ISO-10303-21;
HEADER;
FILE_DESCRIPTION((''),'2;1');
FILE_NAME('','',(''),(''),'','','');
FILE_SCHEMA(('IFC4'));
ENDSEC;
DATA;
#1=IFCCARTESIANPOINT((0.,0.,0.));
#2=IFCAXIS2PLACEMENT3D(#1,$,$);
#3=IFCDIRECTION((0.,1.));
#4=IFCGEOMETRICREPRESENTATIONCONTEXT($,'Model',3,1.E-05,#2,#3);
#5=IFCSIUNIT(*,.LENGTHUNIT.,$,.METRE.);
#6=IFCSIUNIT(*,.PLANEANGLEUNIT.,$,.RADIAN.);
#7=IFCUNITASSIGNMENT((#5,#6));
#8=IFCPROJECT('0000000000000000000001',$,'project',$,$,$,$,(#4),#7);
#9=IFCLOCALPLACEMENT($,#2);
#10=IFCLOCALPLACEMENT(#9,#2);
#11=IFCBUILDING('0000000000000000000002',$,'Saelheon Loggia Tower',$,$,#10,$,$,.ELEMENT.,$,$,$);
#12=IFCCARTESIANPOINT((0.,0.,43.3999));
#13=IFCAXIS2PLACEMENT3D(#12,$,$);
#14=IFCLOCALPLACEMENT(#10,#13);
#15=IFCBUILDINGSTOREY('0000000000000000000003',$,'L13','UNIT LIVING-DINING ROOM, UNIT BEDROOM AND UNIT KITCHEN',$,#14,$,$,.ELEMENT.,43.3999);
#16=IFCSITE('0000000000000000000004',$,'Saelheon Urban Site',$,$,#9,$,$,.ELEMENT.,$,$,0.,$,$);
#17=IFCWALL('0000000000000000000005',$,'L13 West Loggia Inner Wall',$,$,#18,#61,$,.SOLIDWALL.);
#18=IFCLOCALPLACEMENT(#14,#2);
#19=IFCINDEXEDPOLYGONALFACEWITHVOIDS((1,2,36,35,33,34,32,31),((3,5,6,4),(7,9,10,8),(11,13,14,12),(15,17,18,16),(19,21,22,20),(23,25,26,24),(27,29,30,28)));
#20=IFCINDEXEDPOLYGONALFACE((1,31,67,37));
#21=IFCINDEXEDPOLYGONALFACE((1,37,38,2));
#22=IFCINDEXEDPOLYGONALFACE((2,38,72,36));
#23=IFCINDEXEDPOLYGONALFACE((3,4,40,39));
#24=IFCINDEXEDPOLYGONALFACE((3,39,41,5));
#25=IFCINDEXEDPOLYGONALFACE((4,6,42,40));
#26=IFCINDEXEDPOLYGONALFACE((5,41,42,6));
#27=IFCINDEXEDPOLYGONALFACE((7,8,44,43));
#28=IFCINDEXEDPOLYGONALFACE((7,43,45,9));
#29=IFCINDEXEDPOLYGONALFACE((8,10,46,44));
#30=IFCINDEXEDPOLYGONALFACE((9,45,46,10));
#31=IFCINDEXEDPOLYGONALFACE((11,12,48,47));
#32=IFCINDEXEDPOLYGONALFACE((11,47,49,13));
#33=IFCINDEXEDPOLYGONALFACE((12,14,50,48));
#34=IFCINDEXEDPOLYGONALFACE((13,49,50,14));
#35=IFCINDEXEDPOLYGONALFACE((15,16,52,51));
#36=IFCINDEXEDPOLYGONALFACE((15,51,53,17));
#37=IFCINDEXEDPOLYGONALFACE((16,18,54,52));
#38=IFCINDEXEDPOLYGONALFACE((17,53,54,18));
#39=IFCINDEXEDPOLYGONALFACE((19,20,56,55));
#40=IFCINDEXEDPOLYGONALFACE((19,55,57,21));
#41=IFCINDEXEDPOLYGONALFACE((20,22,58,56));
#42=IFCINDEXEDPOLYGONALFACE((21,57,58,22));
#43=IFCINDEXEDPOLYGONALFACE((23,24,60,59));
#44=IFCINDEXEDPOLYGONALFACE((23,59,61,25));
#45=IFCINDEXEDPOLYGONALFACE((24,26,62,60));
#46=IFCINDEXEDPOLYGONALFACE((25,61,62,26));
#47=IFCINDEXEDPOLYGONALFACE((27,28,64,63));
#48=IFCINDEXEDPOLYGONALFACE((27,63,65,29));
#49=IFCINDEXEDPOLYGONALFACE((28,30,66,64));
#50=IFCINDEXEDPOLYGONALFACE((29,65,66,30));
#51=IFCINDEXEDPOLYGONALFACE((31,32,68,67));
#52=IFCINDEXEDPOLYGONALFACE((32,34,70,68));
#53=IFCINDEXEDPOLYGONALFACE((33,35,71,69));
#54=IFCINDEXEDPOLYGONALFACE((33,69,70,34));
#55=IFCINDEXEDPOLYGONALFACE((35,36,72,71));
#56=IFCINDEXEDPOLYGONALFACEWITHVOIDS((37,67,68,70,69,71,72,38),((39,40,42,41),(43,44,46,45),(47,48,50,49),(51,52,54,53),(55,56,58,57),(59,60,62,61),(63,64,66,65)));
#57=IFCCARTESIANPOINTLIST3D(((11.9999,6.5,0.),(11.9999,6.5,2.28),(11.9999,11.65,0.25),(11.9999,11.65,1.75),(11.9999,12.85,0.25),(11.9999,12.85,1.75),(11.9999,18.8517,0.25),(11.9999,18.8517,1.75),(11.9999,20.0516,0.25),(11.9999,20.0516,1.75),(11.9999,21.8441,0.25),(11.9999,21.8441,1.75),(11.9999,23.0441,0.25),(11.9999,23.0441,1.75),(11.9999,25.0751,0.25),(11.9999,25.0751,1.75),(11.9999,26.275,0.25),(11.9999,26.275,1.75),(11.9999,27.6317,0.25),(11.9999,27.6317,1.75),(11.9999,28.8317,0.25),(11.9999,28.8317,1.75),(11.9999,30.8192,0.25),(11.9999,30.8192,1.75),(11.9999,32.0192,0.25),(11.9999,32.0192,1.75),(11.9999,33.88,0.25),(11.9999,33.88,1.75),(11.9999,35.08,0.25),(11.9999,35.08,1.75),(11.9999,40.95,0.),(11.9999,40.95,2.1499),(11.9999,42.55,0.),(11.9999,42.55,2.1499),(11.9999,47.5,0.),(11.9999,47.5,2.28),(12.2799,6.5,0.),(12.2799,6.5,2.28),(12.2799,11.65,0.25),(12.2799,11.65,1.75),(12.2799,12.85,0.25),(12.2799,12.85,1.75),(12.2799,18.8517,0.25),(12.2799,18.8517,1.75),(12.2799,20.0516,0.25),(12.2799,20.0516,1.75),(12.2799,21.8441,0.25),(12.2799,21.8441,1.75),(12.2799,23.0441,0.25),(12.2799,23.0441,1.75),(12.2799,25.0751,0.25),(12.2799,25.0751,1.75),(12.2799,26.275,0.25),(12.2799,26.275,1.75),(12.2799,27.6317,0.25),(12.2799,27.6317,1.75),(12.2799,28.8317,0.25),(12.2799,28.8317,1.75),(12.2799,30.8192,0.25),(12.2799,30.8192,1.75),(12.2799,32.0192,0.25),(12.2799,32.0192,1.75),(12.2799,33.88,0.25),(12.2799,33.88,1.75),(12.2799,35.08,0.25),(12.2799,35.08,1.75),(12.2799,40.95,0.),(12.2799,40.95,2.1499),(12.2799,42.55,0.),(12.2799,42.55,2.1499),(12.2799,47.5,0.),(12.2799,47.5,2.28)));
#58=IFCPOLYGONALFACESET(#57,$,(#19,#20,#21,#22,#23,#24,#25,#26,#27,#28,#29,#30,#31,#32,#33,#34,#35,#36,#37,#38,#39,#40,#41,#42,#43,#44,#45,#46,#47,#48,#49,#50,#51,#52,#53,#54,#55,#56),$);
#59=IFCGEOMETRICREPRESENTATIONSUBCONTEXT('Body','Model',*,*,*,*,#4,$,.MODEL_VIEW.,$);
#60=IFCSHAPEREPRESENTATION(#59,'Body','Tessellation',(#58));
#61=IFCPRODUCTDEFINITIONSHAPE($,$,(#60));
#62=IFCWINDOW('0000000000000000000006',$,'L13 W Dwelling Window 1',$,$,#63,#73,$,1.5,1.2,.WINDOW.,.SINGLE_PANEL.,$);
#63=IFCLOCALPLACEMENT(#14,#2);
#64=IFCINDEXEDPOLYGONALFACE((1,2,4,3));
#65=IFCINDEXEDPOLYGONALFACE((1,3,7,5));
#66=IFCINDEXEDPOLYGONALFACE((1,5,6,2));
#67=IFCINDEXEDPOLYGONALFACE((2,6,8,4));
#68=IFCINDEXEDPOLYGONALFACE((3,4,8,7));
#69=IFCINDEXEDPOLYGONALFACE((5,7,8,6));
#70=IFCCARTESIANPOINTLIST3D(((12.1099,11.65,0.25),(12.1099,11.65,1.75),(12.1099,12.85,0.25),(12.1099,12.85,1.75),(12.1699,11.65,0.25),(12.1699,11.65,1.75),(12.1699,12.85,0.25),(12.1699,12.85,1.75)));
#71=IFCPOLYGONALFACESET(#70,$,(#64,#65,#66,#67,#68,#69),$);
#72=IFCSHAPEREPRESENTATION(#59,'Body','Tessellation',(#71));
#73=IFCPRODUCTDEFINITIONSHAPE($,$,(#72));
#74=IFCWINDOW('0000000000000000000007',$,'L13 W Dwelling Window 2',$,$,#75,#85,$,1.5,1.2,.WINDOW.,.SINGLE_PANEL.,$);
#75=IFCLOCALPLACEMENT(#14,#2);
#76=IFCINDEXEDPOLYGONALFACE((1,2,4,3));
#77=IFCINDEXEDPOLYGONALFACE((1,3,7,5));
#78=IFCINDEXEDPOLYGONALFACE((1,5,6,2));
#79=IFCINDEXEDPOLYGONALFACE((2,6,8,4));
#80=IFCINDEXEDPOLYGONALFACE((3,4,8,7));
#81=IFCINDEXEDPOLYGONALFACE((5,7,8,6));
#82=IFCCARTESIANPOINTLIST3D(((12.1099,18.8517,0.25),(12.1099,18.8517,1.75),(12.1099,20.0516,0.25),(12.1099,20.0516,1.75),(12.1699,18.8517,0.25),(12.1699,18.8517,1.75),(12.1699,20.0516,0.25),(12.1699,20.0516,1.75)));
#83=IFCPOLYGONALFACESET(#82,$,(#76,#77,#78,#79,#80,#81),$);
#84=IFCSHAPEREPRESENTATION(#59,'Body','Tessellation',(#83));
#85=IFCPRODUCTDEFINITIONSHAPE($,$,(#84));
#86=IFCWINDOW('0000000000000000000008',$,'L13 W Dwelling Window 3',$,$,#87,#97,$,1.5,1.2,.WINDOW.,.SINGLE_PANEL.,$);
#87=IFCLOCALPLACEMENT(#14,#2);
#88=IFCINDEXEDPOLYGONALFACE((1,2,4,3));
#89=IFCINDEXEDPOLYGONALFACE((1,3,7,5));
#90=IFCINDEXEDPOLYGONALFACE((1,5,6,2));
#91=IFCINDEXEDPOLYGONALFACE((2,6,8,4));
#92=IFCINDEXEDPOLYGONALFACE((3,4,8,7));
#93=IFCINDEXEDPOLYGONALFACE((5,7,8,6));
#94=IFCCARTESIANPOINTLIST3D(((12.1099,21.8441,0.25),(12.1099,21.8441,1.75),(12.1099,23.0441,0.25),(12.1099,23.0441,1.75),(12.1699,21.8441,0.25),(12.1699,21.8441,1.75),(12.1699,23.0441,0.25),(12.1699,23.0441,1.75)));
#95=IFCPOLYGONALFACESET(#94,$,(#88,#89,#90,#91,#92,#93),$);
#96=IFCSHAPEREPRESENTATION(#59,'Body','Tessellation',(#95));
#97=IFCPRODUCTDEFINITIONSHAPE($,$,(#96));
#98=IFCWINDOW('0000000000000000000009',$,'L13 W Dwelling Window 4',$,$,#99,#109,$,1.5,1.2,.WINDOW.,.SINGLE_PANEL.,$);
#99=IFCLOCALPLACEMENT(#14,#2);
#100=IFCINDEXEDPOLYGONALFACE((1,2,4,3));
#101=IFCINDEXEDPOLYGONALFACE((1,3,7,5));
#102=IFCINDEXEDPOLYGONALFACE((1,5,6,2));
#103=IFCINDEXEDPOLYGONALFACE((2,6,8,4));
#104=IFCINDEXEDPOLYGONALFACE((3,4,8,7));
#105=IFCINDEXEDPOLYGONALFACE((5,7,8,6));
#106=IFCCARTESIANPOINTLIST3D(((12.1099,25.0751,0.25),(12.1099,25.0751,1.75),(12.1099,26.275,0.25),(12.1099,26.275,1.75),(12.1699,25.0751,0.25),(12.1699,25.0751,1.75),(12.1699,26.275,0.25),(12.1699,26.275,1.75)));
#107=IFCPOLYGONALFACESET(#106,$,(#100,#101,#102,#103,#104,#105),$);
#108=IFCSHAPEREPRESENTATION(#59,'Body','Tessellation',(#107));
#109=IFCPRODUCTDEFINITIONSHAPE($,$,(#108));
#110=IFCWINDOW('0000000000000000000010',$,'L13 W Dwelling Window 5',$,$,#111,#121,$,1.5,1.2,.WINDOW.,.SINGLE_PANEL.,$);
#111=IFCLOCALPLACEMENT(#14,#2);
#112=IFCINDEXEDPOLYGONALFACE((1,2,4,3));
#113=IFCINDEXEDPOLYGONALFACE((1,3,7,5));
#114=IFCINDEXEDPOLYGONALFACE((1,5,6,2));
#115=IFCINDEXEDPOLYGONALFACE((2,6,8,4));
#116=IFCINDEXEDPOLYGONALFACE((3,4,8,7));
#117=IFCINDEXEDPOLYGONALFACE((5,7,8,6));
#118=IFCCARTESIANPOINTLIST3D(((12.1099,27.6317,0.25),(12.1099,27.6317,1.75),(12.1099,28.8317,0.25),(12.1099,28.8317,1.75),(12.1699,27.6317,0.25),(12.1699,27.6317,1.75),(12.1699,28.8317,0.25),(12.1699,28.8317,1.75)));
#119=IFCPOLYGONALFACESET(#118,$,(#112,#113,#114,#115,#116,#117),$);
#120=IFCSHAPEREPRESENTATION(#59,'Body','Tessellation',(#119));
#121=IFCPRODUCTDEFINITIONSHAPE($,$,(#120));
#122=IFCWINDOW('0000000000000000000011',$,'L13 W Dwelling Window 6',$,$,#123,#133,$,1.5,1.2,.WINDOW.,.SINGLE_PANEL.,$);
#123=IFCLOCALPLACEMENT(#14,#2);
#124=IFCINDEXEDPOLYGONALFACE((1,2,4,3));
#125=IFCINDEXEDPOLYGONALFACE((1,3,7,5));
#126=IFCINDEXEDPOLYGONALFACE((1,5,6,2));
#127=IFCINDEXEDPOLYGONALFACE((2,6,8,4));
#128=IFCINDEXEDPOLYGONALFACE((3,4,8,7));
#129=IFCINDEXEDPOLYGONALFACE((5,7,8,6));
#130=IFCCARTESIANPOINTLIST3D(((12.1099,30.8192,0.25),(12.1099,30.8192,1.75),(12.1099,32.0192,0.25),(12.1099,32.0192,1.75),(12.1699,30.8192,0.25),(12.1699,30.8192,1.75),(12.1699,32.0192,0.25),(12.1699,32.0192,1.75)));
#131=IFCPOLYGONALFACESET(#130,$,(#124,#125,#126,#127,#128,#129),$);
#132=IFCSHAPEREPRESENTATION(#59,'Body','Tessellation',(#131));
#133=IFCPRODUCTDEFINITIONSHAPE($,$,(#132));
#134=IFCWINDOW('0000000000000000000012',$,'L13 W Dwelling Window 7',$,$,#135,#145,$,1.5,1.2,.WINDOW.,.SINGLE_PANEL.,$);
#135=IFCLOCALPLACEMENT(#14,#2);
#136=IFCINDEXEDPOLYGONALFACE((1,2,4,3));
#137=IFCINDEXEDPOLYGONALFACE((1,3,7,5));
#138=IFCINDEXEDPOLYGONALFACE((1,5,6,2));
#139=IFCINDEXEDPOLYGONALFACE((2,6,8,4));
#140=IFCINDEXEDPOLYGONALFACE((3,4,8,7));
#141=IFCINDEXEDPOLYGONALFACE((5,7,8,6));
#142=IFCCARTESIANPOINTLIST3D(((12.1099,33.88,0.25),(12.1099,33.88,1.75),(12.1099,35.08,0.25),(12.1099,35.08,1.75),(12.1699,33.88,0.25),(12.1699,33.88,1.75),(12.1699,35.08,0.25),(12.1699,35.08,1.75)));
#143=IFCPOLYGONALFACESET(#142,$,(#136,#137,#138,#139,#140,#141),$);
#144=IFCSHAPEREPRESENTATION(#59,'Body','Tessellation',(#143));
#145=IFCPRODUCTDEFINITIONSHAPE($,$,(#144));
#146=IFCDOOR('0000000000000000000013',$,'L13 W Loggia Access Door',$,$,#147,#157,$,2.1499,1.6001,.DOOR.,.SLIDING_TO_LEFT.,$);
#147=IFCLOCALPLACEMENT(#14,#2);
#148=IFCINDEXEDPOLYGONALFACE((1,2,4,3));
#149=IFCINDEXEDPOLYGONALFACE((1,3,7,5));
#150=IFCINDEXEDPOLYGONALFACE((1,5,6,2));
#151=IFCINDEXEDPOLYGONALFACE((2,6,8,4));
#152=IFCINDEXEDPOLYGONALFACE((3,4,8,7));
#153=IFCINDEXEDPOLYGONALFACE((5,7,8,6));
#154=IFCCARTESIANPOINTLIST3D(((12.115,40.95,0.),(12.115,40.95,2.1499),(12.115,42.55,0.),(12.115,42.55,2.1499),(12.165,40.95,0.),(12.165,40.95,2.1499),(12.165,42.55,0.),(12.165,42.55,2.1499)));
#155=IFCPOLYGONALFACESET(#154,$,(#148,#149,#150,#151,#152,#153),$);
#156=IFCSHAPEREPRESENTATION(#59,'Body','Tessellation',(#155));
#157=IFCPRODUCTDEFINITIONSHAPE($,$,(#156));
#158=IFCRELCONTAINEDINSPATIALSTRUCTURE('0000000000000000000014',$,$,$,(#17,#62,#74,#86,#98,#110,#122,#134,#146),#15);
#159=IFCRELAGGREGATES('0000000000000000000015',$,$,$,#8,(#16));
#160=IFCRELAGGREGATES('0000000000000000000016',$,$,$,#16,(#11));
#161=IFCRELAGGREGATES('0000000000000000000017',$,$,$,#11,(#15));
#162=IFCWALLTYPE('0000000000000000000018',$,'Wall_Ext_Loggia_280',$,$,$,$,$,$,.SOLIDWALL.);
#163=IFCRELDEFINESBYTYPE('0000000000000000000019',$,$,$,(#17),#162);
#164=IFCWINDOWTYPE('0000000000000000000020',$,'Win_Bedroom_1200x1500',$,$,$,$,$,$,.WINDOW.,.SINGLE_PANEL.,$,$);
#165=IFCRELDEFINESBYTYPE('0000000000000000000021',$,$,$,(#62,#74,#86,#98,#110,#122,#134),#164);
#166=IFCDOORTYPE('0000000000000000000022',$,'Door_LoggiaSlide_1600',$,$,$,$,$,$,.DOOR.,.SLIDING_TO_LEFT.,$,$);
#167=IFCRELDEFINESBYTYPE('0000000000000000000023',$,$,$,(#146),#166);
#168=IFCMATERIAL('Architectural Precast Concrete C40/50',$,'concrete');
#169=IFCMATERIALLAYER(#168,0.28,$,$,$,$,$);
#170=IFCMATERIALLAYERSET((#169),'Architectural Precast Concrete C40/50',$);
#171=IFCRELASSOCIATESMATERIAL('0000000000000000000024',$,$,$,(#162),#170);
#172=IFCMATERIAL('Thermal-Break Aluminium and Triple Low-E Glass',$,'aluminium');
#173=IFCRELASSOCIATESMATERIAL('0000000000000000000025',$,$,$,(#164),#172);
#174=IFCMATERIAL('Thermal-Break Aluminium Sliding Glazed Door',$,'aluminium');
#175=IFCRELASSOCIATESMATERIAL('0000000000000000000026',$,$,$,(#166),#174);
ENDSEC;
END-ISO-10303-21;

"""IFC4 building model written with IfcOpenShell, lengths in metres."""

from ifc_helpers import new_model, si_unit, direction, frame, frame_2d, origin, place, context, subcontext, project, spatial, rectangle, extrude, source, transform, mapped, material, layer, layer_set, type_object, element, fill, save


model = new_model("IFC4")

# Units and contexts
model_context = context("Model", 3, precision=1e-05, world=origin(), true_north=direction((0.0, 1.0)))
body_context = subcontext(model_context, "Body", "Model", "MODEL_VIEW")
ifc_project = project(units=[si_unit("LENGTHUNIT", "METRE"), si_unit("PLANEANGLEUNIT", "RADIAN")], contexts=[model_context])

# Site, building, storey
site_placement = place(None, origin())
site = spatial("IfcSite", under=ifc_project, at=site_placement, Name="Saelheon Urban Site", CompositionType="ELEMENT", RefElevation=0.0)
building_placement = place(site_placement, origin())
building = spatial("IfcBuilding", under=site, at=building_placement, Name="Saelheon Loggia Tower", CompositionType="ELEMENT")
storey_placement = place(building_placement, frame((0.0, 0.0, 43.3999)))
storey = spatial("IfcBuildingStorey", under=building, at=storey_placement, Name="L13", Description="UNIT LIVING-DINING ROOM, UNIT BEDROOM AND UNIT KITCHEN", CompositionType="ELEMENT", Elevation=43.3999)

# Shared definitions
ifc_material_1 = material(Name="Thermal-Break Aluminium and Triple Low-E Glass", Category="aluminium")

# Wall, openings, windows, door
ifc_material_2 = material(Name="Architectural Precast Concrete C40/50", Category="concrete")
ifc_layer_1 = layer(ifc_material_2, 0.28)
ifc_layer_set_1 = layer_set([ifc_layer_1], Name="Architectural Precast Concrete C40/50")
wall_type = type_object("IfcWallType", Name="Wall_Ext_Loggia_280", PredefinedType="SOLIDWALL", material=ifc_layer_set_1)
wall_placement = place(storey_placement, frame((12.1399, 6.5, 0.0), z_axis=(0.0, 0.0, 1.0), x_axis=(0.0, 1.0, 0.0)))
wall = element("IfcWall", 1, at=wall_placement, inside=storey, type_object=wall_type, Name="L13 West Loggia Inner Wall", PredefinedType="SOLIDWALL", context=body_context, shape_type="SweptSolid", body=[
    extrude(rectangle(XDim=41.0, YDim=0.28, at=frame_2d((20.5, 0.0))), origin(), (0.0, 0.0, 1.0), 2.28),
])
opening_1_placement = place(wall_placement, frame((5.1499, 0.0, 0.25)))
opening_1 = element("IfcOpeningElement", 2, at=opening_1_placement, cuts=wall, PredefinedType="OPENING", context=body_context, shape_type="SweptSolid", body=[
    extrude(rectangle(XDim=1.2, YDim=1.5, at=frame_2d((0.6001, 0.75))), frame((0.0, 0.1521, 0.0), z_axis=(0.0, -1.0, 0.0), x_axis=(1.0, 0.0, 0.0)), (0.0, 0.0, 1.0), 0.304),
])
opening_2_placement = place(wall_placement, frame((12.3516, 0.0, 0.25)))
opening_2 = element("IfcOpeningElement", 3, at=opening_2_placement, cuts=wall, PredefinedType="OPENING", context=body_context, shape_type="SweptSolid", body=[
    extrude(rectangle(XDim=1.2, YDim=1.5, at=frame_2d((0.6001, 0.75))), frame((0.0, 0.1521, 0.0), z_axis=(0.0, -1.0, 0.0), x_axis=(1.0, 0.0, 0.0)), (0.0, 0.0, 1.0), 0.304),
])
opening_3_placement = place(wall_placement, frame((15.344, 0.0, 0.25)))
opening_3 = element("IfcOpeningElement", 4, at=opening_3_placement, cuts=wall, PredefinedType="OPENING", context=body_context, shape_type="SweptSolid", body=[
    extrude(rectangle(XDim=1.2, YDim=1.5, at=frame_2d((0.6001, 0.75))), frame((0.0, 0.1521, 0.0), z_axis=(0.0, -1.0, 0.0), x_axis=(1.0, 0.0, 0.0)), (0.0, 0.0, 1.0), 0.304),
])
opening_4_placement = place(wall_placement, frame((18.575, 0.0, 0.25)))
opening_4 = element("IfcOpeningElement", 5, at=opening_4_placement, cuts=wall, PredefinedType="OPENING", context=body_context, shape_type="SweptSolid", body=[
    extrude(rectangle(XDim=1.2, YDim=1.5, at=frame_2d((0.6001, 0.75))), frame((0.0, 0.1521, 0.0), z_axis=(0.0, -1.0, 0.0), x_axis=(1.0, 0.0, 0.0)), (0.0, 0.0, 1.0), 0.304),
])
opening_5_placement = place(wall_placement, frame((21.1316, 0.0, 0.25)))
opening_5 = element("IfcOpeningElement", 6, at=opening_5_placement, cuts=wall, PredefinedType="OPENING", context=body_context, shape_type="SweptSolid", body=[
    extrude(rectangle(XDim=1.2, YDim=1.5, at=frame_2d((0.6001, 0.75))), frame((0.0, 0.1521, 0.0), z_axis=(0.0, -1.0, 0.0), x_axis=(1.0, 0.0, 0.0)), (0.0, 0.0, 1.0), 0.304),
])
opening_6_placement = place(wall_placement, frame((24.3191, 0.0, 0.25)))
opening_6 = element("IfcOpeningElement", 7, at=opening_6_placement, cuts=wall, PredefinedType="OPENING", context=body_context, shape_type="SweptSolid", body=[
    extrude(rectangle(XDim=1.2, YDim=1.5, at=frame_2d((0.6001, 0.75))), frame((0.0, 0.1521, 0.0), z_axis=(0.0, -1.0, 0.0), x_axis=(1.0, 0.0, 0.0)), (0.0, 0.0, 1.0), 0.304),
])
opening_7_placement = place(wall_placement, frame((27.3799, 0.0, 0.25)))
opening_7 = element("IfcOpeningElement", 8, at=opening_7_placement, cuts=wall, PredefinedType="OPENING", context=body_context, shape_type="SweptSolid", body=[
    extrude(rectangle(XDim=1.2, YDim=1.5, at=frame_2d((0.6001, 0.75))), frame((0.0, 0.1521, 0.0), z_axis=(0.0, -1.0, 0.0), x_axis=(1.0, 0.0, 0.0)), (0.0, 0.0, 1.0), 0.304),
])
opening_8_placement = place(wall_placement, frame((34.45, 0.0, 0.0)))
opening_8 = element("IfcOpeningElement", 9, at=opening_8_placement, cuts=wall, PredefinedType="OPENING", context=body_context, shape_type="SweptSolid", body=[
    extrude(rectangle(XDim=1.6001, YDim=2.1499, at=frame_2d((0.8, 1.075))), frame((0.0, 0.1521, 0.0), z_axis=(0.0, -1.0, 0.0), x_axis=(1.0, 0.0, 0.0)), (0.0, 0.0, 1.0), 0.304),
])
window_type = type_object("IfcWindowType", Name="Win_Bedroom_1200x1500", PartitioningType="SINGLE_PANEL", PredefinedType="WINDOW", material=ifc_material_1)
shared_shape_1 = source(origin(), body_context, "Body", "SweptSolid", [
    extrude(rectangle(XDim=1.2, YDim=1.5, at=frame_2d((0.6001, 0.75))), frame((0.0, 0.03, 0.0), z_axis=(0.0, -1.0, 0.0), x_axis=(1.0, 0.0, 0.0)), (0.0, 0.0, 1.0), 0.0601),
])
window_1_placement = place(opening_1_placement, origin())
window_1 = element("IfcWindow", 10, at=window_1_placement, inside=storey, type_object=window_type, Name="L13 W Dwelling Window 1", OverallHeight=1.5, OverallWidth=1.2, PartitioningType="SINGLE_PANEL", PredefinedType="WINDOW", context=body_context, shape_type="MappedRepresentation", body=[
    mapped(shared_shape_1, transform((0.0, 0.0, 0.0), scale=1.0)),
])
fill(opening_1, window_1)
window_2_placement = place(opening_2_placement, origin())
window_2 = element("IfcWindow", 11, at=window_2_placement, inside=storey, type_object=window_type, Name="L13 W Dwelling Window 2", OverallHeight=1.5, OverallWidth=1.2, PartitioningType="SINGLE_PANEL", PredefinedType="WINDOW", context=body_context, shape_type="MappedRepresentation", body=[
    mapped(shared_shape_1, transform((0.0, 0.0, 0.0), scale=1.0)),
])
fill(opening_2, window_2)
window_3_placement = place(opening_3_placement, origin())
window_3 = element("IfcWindow", 12, at=window_3_placement, inside=storey, type_object=window_type, Name="L13 W Dwelling Window 3", OverallHeight=1.5, OverallWidth=1.2, PartitioningType="SINGLE_PANEL", PredefinedType="WINDOW", context=body_context, shape_type="MappedRepresentation", body=[
    mapped(shared_shape_1, transform((0.0, 0.0, 0.0), scale=1.0)),
])
fill(opening_3, window_3)
window_4_placement = place(opening_4_placement, origin())
window_4 = element("IfcWindow", 13, at=window_4_placement, inside=storey, type_object=window_type, Name="L13 W Dwelling Window 4", OverallHeight=1.5, OverallWidth=1.2, PartitioningType="SINGLE_PANEL", PredefinedType="WINDOW", context=body_context, shape_type="MappedRepresentation", body=[
    mapped(shared_shape_1, transform((0.0, 0.0, 0.0), scale=1.0)),
])
fill(opening_4, window_4)
window_5_placement = place(opening_5_placement, origin())
window_5 = element("IfcWindow", 14, at=window_5_placement, inside=storey, type_object=window_type, Name="L13 W Dwelling Window 5", OverallHeight=1.5, OverallWidth=1.2, PartitioningType="SINGLE_PANEL", PredefinedType="WINDOW", context=body_context, shape_type="MappedRepresentation", body=[
    mapped(shared_shape_1, transform((0.0, 0.0, 0.0), scale=1.0)),
])
fill(opening_5, window_5)
window_6_placement = place(opening_6_placement, origin())
window_6 = element("IfcWindow", 15, at=window_6_placement, inside=storey, type_object=window_type, Name="L13 W Dwelling Window 6", OverallHeight=1.5, OverallWidth=1.2, PartitioningType="SINGLE_PANEL", PredefinedType="WINDOW", context=body_context, shape_type="MappedRepresentation", body=[
    mapped(shared_shape_1, transform((0.0, 0.0, 0.0), scale=1.0)),
])
fill(opening_6, window_6)
window_7_placement = place(opening_7_placement, origin())
window_7 = element("IfcWindow", 16, at=window_7_placement, inside=storey, type_object=window_type, Name="L13 W Dwelling Window 7", OverallHeight=1.5, OverallWidth=1.2, PartitioningType="SINGLE_PANEL", PredefinedType="WINDOW", context=body_context, shape_type="MappedRepresentation", body=[
    mapped(shared_shape_1, transform((0.0, 0.0, 0.0), scale=1.0)),
])
fill(opening_7, window_7)
ifc_material_3 = material(Name="Thermal-Break Aluminium Sliding Glazed Door", Category="aluminium")
door_type = type_object("IfcDoorType", Name="Door_LoggiaSlide_1600", OperationType="SLIDING_TO_LEFT", PredefinedType="DOOR", material=ifc_material_3)
shared_shape_2 = source(origin(), body_context, "Body", "SweptSolid", [
    extrude(rectangle(XDim=1.6001, YDim=2.1499, at=frame_2d((0.8, 1.075))), frame((0.0, 0.0249, 0.0), z_axis=(0.0, -1.0, 0.0), x_axis=(1.0, 0.0, 0.0)), (0.0, 0.0, 1.0), 0.05),
])
door_placement = place(opening_8_placement, origin())
door = element("IfcDoor", 17, at=door_placement, inside=storey, type_object=door_type, Name="L13 W Loggia Access Door", OperationType="SLIDING_TO_LEFT", OverallHeight=2.1499, OverallWidth=1.6001, PredefinedType="DOOR", context=body_context, shape_type="MappedRepresentation", body=[
    mapped(shared_shape_2, transform((0.0, 0.0, 0.0), scale=1.0)),
])
fill(opening_8, door)

save(model, "model.ifc")
